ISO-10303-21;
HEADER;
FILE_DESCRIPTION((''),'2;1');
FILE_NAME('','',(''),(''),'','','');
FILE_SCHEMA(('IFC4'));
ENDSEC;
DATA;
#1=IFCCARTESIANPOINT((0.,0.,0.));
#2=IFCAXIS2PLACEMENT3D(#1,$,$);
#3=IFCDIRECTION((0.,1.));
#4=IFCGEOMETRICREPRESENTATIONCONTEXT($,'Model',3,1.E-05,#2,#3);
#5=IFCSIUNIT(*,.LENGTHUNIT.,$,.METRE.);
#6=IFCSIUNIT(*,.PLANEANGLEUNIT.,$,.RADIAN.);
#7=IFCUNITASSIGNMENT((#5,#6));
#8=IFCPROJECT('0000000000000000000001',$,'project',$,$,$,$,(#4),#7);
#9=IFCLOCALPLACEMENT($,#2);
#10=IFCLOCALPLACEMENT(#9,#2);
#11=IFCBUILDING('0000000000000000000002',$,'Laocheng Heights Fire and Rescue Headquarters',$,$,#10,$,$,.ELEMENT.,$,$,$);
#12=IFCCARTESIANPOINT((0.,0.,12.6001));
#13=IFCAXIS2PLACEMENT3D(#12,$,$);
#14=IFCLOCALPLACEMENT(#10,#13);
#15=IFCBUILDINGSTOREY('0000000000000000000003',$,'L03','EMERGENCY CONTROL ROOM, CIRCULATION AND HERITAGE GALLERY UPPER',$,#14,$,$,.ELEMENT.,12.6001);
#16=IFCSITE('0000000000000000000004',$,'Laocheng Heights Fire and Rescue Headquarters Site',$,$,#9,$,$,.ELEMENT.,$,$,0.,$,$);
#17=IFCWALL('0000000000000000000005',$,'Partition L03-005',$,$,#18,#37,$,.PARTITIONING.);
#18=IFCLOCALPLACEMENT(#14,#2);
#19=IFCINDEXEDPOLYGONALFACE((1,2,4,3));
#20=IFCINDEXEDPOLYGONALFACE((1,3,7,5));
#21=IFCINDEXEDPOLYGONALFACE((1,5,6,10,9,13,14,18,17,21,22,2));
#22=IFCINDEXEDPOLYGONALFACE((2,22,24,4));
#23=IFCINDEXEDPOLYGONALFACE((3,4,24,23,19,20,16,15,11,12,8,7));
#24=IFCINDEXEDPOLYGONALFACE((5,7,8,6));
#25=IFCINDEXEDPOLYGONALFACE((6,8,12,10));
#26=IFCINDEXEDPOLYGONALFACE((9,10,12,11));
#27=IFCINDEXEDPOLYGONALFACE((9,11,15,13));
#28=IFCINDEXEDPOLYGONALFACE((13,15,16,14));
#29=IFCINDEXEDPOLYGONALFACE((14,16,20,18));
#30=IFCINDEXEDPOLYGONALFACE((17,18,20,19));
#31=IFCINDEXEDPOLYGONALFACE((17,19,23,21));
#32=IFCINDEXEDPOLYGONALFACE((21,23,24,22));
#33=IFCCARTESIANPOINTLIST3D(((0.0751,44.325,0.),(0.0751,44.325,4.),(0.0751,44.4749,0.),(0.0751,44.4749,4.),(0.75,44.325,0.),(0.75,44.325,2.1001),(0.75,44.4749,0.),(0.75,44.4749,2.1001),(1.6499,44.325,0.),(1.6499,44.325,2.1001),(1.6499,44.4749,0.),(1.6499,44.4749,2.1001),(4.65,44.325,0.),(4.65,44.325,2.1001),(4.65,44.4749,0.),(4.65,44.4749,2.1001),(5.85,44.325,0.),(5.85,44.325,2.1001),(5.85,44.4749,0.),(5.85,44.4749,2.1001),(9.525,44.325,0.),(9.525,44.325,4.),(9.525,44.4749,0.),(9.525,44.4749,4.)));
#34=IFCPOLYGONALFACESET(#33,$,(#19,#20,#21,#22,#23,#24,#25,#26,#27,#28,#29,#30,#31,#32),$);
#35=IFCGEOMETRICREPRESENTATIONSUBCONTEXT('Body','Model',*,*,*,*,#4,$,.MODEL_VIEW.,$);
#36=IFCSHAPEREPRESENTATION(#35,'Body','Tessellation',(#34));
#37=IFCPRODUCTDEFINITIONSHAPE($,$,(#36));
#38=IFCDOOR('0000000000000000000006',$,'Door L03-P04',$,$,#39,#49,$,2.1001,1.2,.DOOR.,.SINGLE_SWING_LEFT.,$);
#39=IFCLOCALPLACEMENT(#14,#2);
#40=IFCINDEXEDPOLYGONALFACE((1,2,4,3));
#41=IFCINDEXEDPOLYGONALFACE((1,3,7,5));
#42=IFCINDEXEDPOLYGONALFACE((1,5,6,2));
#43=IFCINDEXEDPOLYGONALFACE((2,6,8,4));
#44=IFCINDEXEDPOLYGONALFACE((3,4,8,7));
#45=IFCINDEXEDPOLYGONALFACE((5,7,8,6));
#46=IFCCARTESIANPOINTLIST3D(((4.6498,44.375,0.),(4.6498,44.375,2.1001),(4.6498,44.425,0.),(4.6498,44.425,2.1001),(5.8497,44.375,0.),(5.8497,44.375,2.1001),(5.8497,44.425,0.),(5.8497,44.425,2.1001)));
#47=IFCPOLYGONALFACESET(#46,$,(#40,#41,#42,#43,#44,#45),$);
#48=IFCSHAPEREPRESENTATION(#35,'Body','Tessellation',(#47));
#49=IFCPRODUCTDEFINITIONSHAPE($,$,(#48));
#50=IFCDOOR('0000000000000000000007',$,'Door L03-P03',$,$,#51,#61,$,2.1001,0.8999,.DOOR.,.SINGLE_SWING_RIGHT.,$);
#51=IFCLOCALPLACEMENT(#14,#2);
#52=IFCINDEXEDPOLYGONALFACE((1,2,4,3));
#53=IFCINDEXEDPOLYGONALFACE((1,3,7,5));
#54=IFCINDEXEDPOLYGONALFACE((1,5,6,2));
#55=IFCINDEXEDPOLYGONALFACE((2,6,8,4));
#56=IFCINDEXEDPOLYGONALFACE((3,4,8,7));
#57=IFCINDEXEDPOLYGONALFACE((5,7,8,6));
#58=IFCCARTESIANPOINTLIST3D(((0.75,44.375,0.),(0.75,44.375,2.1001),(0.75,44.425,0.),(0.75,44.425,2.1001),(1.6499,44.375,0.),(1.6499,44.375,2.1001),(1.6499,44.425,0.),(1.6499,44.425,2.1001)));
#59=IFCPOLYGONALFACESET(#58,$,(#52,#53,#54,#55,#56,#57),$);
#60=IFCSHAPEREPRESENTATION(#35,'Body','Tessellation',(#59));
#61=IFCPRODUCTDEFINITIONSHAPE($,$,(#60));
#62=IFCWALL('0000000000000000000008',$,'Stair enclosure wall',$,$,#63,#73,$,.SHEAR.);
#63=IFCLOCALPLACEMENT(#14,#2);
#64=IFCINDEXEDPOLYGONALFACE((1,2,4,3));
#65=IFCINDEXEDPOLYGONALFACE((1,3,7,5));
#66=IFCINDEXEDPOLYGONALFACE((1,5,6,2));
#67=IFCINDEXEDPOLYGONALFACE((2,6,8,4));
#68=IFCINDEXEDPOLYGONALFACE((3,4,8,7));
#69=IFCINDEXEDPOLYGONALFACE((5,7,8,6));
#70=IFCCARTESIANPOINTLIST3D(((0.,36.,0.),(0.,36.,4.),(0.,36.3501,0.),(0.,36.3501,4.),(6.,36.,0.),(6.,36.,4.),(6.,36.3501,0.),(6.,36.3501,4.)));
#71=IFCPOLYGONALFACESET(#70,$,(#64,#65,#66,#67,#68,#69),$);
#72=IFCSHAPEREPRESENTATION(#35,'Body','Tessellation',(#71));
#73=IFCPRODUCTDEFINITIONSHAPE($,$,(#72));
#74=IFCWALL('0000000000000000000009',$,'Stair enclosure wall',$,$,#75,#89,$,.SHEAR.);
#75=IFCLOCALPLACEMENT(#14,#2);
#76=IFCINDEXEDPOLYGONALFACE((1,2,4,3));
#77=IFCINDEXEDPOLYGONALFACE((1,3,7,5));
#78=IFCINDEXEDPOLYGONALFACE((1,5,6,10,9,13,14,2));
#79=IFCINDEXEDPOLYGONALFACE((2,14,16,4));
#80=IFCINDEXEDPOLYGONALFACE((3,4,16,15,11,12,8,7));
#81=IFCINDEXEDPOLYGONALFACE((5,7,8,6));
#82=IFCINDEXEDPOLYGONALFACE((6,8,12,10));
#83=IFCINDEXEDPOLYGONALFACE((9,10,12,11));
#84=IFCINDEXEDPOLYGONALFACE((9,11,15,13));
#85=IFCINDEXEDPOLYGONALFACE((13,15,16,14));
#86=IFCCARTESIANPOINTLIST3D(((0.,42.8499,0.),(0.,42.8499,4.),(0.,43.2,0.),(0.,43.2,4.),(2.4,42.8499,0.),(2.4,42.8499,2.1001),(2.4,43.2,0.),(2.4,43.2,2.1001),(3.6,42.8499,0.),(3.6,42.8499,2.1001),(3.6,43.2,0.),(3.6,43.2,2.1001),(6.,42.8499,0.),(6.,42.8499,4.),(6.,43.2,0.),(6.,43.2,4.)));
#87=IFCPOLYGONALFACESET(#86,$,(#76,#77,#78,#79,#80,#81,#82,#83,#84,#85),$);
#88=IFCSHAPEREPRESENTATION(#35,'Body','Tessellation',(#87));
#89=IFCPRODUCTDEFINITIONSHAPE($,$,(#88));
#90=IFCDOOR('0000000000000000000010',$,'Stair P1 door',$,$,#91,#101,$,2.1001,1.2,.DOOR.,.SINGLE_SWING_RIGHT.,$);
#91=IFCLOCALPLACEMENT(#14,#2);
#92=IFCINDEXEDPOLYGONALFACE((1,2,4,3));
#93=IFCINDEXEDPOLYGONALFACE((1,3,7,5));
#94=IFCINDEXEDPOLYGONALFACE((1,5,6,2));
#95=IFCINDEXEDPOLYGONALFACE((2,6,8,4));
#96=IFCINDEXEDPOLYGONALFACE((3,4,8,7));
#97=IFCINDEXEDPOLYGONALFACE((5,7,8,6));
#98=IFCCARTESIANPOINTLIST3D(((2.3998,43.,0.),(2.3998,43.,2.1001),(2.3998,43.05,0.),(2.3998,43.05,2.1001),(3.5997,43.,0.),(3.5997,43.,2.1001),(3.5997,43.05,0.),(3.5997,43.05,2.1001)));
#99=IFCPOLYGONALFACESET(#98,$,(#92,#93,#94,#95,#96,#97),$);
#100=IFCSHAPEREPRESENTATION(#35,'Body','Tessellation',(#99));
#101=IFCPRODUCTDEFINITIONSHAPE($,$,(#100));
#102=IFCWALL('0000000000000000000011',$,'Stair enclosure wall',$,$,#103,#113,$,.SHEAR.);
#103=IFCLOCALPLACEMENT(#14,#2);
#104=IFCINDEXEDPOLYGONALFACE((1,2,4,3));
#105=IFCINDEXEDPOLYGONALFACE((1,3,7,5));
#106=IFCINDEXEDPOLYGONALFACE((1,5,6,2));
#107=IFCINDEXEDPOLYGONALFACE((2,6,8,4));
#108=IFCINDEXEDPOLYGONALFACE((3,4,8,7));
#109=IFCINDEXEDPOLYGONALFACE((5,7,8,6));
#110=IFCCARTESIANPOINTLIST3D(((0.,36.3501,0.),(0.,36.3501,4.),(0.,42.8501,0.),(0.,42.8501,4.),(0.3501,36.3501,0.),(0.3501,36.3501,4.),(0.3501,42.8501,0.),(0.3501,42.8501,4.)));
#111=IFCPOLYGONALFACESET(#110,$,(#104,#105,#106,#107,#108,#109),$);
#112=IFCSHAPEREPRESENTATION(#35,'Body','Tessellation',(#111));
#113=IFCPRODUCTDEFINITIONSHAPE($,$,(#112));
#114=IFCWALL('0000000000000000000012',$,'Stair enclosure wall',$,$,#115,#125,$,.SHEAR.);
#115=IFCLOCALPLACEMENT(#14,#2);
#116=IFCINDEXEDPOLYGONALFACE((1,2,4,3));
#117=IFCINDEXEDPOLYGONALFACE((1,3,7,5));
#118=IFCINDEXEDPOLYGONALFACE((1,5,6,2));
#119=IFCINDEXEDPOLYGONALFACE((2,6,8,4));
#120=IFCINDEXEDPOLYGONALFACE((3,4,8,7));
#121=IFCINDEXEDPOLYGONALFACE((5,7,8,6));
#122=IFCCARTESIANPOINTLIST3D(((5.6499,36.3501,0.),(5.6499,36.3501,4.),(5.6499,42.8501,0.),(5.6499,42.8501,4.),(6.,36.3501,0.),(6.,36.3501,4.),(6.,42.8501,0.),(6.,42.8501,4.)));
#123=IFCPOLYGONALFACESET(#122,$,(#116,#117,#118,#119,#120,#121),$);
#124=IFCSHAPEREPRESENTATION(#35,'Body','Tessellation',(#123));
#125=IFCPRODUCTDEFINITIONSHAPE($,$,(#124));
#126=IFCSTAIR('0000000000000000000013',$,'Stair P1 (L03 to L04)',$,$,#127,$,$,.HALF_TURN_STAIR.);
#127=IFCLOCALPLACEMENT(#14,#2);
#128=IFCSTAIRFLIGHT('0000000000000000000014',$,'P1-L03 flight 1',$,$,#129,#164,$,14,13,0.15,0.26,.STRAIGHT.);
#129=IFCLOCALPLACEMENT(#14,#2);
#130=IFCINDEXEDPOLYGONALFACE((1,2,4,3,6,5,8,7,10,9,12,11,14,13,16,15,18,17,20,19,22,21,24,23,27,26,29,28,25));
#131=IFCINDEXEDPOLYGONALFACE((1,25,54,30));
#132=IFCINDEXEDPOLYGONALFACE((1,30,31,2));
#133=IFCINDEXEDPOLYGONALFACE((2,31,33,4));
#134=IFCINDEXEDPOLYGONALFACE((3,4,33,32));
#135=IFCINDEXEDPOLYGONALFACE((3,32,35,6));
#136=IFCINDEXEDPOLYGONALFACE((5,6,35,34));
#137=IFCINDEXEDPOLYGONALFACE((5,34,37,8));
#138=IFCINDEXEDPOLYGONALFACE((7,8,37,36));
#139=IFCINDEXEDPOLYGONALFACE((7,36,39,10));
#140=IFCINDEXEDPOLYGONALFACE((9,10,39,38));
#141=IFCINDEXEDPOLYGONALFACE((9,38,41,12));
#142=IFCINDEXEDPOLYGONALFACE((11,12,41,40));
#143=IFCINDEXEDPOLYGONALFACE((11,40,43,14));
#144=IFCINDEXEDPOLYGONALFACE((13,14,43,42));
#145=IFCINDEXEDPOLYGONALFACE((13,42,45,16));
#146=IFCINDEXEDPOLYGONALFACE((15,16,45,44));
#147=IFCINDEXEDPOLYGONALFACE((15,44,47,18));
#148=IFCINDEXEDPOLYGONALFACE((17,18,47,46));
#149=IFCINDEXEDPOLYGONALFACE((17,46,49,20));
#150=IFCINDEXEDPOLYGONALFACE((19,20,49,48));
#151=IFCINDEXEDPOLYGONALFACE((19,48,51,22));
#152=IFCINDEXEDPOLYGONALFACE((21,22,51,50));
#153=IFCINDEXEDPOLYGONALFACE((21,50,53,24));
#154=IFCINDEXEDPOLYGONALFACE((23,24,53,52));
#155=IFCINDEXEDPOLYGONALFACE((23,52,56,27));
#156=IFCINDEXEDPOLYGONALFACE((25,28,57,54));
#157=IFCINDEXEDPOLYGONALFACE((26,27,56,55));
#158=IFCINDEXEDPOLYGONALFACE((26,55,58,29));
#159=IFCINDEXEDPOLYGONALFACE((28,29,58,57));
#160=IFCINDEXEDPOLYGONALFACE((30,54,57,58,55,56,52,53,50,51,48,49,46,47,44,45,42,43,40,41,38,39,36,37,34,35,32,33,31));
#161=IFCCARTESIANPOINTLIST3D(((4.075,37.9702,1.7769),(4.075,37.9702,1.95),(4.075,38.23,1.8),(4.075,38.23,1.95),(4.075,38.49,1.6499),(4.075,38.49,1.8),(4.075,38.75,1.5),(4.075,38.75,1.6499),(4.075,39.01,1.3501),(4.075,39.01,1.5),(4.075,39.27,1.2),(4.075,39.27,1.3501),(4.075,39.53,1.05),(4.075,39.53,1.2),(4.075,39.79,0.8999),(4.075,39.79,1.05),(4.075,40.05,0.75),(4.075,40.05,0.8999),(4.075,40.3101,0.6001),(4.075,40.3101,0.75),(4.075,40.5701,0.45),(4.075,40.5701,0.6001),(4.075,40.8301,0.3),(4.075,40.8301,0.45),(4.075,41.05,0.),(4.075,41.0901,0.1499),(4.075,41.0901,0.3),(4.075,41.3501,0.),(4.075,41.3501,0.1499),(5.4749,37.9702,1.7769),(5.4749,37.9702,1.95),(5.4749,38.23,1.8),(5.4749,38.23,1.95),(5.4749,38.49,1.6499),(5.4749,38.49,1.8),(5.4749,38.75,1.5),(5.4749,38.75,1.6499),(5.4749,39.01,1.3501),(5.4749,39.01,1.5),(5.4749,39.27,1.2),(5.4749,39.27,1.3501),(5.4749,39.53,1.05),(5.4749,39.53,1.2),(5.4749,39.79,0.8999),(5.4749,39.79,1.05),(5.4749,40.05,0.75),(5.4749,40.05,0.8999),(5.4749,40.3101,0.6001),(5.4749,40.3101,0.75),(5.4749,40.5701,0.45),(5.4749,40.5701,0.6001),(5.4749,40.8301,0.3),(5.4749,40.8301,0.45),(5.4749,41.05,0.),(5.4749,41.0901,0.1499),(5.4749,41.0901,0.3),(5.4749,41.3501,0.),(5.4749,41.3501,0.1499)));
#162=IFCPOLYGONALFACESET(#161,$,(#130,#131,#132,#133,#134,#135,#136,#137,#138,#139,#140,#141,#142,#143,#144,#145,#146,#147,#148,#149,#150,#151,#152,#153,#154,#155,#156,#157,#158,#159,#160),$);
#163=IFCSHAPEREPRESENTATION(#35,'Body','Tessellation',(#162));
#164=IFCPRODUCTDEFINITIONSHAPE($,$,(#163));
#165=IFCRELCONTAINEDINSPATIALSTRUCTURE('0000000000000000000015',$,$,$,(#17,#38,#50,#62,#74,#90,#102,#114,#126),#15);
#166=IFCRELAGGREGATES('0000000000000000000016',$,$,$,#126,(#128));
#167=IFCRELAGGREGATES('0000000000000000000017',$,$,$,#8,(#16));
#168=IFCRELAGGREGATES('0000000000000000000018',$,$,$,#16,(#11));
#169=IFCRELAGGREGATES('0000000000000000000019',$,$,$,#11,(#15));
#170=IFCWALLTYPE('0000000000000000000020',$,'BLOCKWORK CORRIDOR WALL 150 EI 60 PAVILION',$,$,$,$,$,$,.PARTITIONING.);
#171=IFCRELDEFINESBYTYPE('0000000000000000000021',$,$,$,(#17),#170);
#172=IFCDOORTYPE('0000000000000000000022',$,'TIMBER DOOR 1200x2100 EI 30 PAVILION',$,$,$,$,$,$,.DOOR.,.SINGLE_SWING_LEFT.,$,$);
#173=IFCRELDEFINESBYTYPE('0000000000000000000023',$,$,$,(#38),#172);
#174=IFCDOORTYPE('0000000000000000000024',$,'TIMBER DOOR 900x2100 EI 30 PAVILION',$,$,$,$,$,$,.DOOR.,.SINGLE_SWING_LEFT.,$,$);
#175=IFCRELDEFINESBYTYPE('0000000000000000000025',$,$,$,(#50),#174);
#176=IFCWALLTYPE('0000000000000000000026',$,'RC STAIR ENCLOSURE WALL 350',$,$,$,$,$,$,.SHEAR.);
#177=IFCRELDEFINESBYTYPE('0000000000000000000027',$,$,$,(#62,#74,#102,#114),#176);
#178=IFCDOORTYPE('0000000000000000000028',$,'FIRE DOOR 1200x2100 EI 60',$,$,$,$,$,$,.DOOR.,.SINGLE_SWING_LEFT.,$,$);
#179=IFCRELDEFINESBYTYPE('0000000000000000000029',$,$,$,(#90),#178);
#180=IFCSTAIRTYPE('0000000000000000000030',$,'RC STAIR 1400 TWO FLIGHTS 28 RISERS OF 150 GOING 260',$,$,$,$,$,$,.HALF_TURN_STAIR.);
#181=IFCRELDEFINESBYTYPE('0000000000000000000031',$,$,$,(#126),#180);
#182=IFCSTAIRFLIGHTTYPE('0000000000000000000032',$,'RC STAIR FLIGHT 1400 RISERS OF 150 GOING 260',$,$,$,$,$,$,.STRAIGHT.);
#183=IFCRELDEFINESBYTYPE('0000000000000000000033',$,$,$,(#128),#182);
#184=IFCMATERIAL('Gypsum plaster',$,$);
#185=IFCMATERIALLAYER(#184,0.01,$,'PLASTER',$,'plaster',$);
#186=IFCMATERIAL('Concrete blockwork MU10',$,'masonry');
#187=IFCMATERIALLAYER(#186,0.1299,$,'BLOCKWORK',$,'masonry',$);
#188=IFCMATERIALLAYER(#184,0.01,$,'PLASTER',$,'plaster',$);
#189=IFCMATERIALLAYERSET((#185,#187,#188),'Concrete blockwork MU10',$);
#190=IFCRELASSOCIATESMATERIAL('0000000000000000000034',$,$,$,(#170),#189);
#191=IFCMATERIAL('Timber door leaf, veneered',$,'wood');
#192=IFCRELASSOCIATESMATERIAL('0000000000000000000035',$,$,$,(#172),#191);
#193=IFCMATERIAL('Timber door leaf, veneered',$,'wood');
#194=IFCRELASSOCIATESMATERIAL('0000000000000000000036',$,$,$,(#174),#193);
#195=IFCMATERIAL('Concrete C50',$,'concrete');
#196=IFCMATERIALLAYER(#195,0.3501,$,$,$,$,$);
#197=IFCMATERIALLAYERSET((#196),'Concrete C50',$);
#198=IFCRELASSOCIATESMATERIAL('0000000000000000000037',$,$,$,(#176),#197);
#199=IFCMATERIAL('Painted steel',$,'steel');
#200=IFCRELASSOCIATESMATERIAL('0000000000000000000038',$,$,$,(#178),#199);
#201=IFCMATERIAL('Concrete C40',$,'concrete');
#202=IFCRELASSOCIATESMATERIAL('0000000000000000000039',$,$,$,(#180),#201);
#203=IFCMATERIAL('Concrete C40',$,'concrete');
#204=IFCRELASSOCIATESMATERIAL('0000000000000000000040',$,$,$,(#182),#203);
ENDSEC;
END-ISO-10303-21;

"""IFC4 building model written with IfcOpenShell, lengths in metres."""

from ifc_helpers import new_model, si_unit, direction, frame, frame_2d, origin, place, context, subcontext, project, spatial, polyline, rectangle, outline, extrude, material, layer, layer_set, type_object, element, fill, aggregate, save


model = new_model("IFC4")

# Units and contexts
model_context = context("Model", 3, precision=1e-05, world=origin(), true_north=direction((0.0, 1.0)))
body_context = subcontext(model_context, "Body", "Model", "MODEL_VIEW")
ifc_project = project(units=[si_unit("LENGTHUNIT", "METRE"), si_unit("PLANEANGLEUNIT", "RADIAN")], contexts=[model_context])

# Site, building, storey
site_placement = place(None, origin())
site = spatial("IfcSite", under=ifc_project, at=site_placement, Name="Laocheng Heights Fire and Rescue Headquarters Site", CompositionType="ELEMENT", RefElevation=0.0)
building_placement = place(site_placement, origin())
building = spatial("IfcBuilding", under=site, at=building_placement, Name="Laocheng Heights Fire and Rescue Headquarters", CompositionType="ELEMENT")
storey_placement = place(building_placement, frame((0.0, 0.0, 12.6001)))
storey = spatial("IfcBuildingStorey", under=building, at=storey_placement, Name="L03", Description="EMERGENCY CONTROL ROOM, CIRCULATION AND HERITAGE GALLERY UPPER", CompositionType="ELEMENT", Elevation=12.6001)

# Shared definitions
ifc_material_1 = material(Name="Gypsum plaster")
ifc_layer_1 = layer(ifc_material_1, 0.01, Name="PLASTER", Category="plaster")
ifc_material_2 = material(Name="Concrete blockwork MU10", Category="masonry")
ifc_layer_2 = layer(ifc_material_2, 0.1299, Name="BLOCKWORK", Category="masonry")
ifc_layer_3 = layer(ifc_material_1, 0.01, Name="PLASTER", Category="plaster")
ifc_layer_set_1 = layer_set([ifc_layer_1, ifc_layer_2, ifc_layer_3], Name="Concrete blockwork MU10")
wall_type_1 = type_object("IfcWallType", Name="BLOCKWORK CORRIDOR WALL 150 EI 60 PAVILION", PredefinedType="PARTITIONING", material=ifc_layer_set_1)

# Wall, openings, doors
wall_1_placement = place(storey_placement, frame((0.075, 44.3999, 0.0), z_axis=(0.0, 0.0, 1.0), x_axis=(1.0, 0.0, 0.0)))
wall_1 = element("IfcWall", 1, at=wall_1_placement, inside=storey, type_object=wall_type_1, Name="Partition L03-005", PredefinedType="PARTITIONING", context=body_context, shape_type="SweptSolid", body=[
    extrude(rectangle(XDim=9.45, YDim=0.1499, at=frame_2d((4.7251, 0.0))), origin(), (0.0, 0.0, 1.0), 4.0),
])
opening_1_placement = place(wall_1_placement, frame((0.675, 0.0, 0.0)))
opening_1 = element("IfcOpeningElement", 2, at=opening_1_placement, cuts=wall_1, PredefinedType="OPENING", context=body_context, shape_type="SweptSolid", body=[
    extrude(rectangle(XDim=0.8999, YDim=2.1001, at=frame_2d((0.45, 1.05))), frame((0.0, 0.085, 0.0), z_axis=(0.0, -1.0, 0.0), x_axis=(1.0, 0.0, 0.0)), (0.0, 0.0, 1.0), 0.1699),
])
opening_2_placement = place(wall_1_placement, frame((4.575, 0.0, 0.0)))
opening_2 = element("IfcOpeningElement", 3, at=opening_2_placement, cuts=wall_1, PredefinedType="OPENING", context=body_context, shape_type="SweptSolid", body=[
    extrude(rectangle(XDim=1.2, YDim=2.1001, at=frame_2d((0.6001, 1.05))), frame((0.0, 0.085, 0.0), z_axis=(0.0, -1.0, 0.0), x_axis=(1.0, 0.0, 0.0)), (0.0, 0.0, 1.0), 0.1699),
])
ifc_material_3 = material(Name="Timber door leaf, veneered", Category="wood")
door_type_1 = type_object("IfcDoorType", Name="TIMBER DOOR 1200x2100 EI 30 PAVILION", OperationType="SINGLE_SWING_LEFT", PredefinedType="DOOR", material=ifc_material_3)
door_1_placement = place(opening_2_placement, frame((1.2, 0.0, 0.0), z_axis=(0.0, 0.0, 1.0), x_axis=(-1.0, 0.0, 0.0)))
door_1 = element("IfcDoor", 4, at=door_1_placement, inside=storey, type_object=door_type_1, Name="Door L03-P04", OperationType="SINGLE_SWING_LEFT", OverallHeight=2.1001, OverallWidth=1.2, PredefinedType="DOOR", context=body_context, shape_type="SweptSolid", body=[
    extrude(rectangle(XDim=1.2, YDim=2.1001, at=frame_2d((0.6001, 1.05))), frame((0.0, 0.0249, 0.0), z_axis=(0.0, -1.0, 0.0), x_axis=(1.0, 0.0, 0.0)), (0.0, 0.0, 1.0), 0.05),
])
fill(opening_2, door_1)
ifc_material_4 = material(Name="Timber door leaf, veneered", Category="wood")
door_type_2 = type_object("IfcDoorType", Name="TIMBER DOOR 900x2100 EI 30 PAVILION", OperationType="SINGLE_SWING_LEFT", PredefinedType="DOOR", material=ifc_material_4)
door_2_placement = place(opening_1_placement, frame((0.8999, 0.0, 0.0), z_axis=(0.0, 0.0, 1.0), x_axis=(-1.0, 0.0, 0.0)))
door_2 = element("IfcDoor", 5, at=door_2_placement, inside=storey, type_object=door_type_2, Name="Door L03-P03", OperationType="SINGLE_SWING_RIGHT", OverallHeight=2.1001, OverallWidth=0.8999, PredefinedType="DOOR", context=body_context, shape_type="SweptSolid", body=[
    extrude(rectangle(XDim=0.8999, YDim=2.1001, at=frame_2d((0.45, 1.05))), frame((0.0, 0.0249, 0.0), z_axis=(0.0, -1.0, 0.0), x_axis=(1.0, 0.0, 0.0)), (0.0, 0.0, 1.0), 0.05),
])
fill(opening_1, door_2)

# Wall
ifc_material_5 = material(Name="Concrete C50", Category="concrete")
ifc_layer_4 = layer(ifc_material_5, 0.3501)
ifc_layer_set_2 = layer_set([ifc_layer_4], Name="Concrete C50")
wall_type_2 = type_object("IfcWallType", Name="RC STAIR ENCLOSURE WALL 350", PredefinedType="SHEAR", material=ifc_layer_set_2)
wall_2_placement = place(storey_placement, frame((0.0, 36.175, 0.0), z_axis=(0.0, 0.0, 1.0), x_axis=(1.0, 0.0, 0.0)))
element("IfcWall", 6, at=wall_2_placement, inside=storey, type_object=wall_type_2, Name="Stair enclosure wall", PredefinedType="SHEAR", context=body_context, shape_type="SweptSolid", body=[
    extrude(rectangle(XDim=6.0, YDim=0.3501, at=frame_2d((3.0, 0.0))), origin(), (0.0, 0.0, 1.0), 4.0),
])

# Wall, opening, door
wall_3_placement = place(storey_placement, frame((0.0, 43.0249, 0.0), z_axis=(0.0, 0.0, 1.0), x_axis=(1.0, 0.0, 0.0)))
wall_3 = element("IfcWall", 7, at=wall_3_placement, inside=storey, type_object=wall_type_2, Name="Stair enclosure wall", PredefinedType="SHEAR", context=body_context, shape_type="SweptSolid", body=[
    extrude(rectangle(XDim=6.0, YDim=0.3501, at=frame_2d((3.0, 0.0))), origin(), (0.0, 0.0, 1.0), 4.0),
])
opening_3_placement = place(wall_3_placement, frame((2.3999, 0.0, 0.0)))
opening_3 = element("IfcOpeningElement", 8, at=opening_3_placement, cuts=wall_3, PredefinedType="OPENING", context=body_context, shape_type="SweptSolid", body=[
    extrude(rectangle(XDim=1.2, YDim=2.1001, at=frame_2d((0.6001, 1.05))), frame((0.0, 0.1851, 0.0), z_axis=(0.0, -1.0, 0.0), x_axis=(1.0, 0.0, 0.0)), (0.0, 0.0, 1.0), 0.3701),
])
ifc_material_6 = material(Name="Painted steel", Category="steel")
door_type_3 = type_object("IfcDoorType", Name="FIRE DOOR 1200x2100 EI 60", OperationType="SINGLE_SWING_LEFT", PredefinedType="DOOR", material=ifc_material_6)
door_3_placement = place(opening_3_placement, frame((1.2, 0.0, 0.0), z_axis=(0.0, 0.0, 1.0), x_axis=(-1.0, 0.0, 0.0)))
door_3 = element("IfcDoor", 9, at=door_3_placement, inside=storey, type_object=door_type_3, Name="Stair P1 door", OperationType="SINGLE_SWING_RIGHT", OverallHeight=2.1001, OverallWidth=1.2, PredefinedType="DOOR", context=body_context, shape_type="SweptSolid", body=[
    extrude(rectangle(XDim=1.2, YDim=2.1001, at=frame_2d((0.6001, 1.05))), frame((0.0, 0.0249, 0.0), z_axis=(0.0, -1.0, 0.0), x_axis=(1.0, 0.0, 0.0)), (0.0, 0.0, 1.0), 0.05),
])
fill(opening_3, door_3)

# Walls
for number, where, z_axis, x_axis, name in (
    (10, (0.175, 36.3501, 0.0), (0.0, 0.0, 1.0), (0.0, 1.0, 0.0), "Stair enclosure wall"),
    (11, (5.825, 36.3501, 0.0), (0.0, 0.0, 1.0), (0.0, 1.0, 0.0), "Stair enclosure wall"),
):
    element("IfcWall", number, at=place(storey_placement, frame(where, z_axis=z_axis, x_axis=x_axis)), inside=storey, type_object=wall_type_2, Name=name, PredefinedType="SHEAR", context=body_context, shape_type="SweptSolid", body=[
        extrude(rectangle(XDim=6.5, YDim=0.3501, at=frame_2d((3.25, 0.0))), origin(), (0.0, 0.0, 1.0), 4.0),
    ])

# Stair, stair flight
ifc_material_7 = material(Name="Concrete C40", Category="concrete")
stair_type = type_object("IfcStairType", Name="RC STAIR 1400 TWO FLIGHTS 28 RISERS OF 150 GOING 260", PredefinedType="HALF_TURN_STAIR", material=ifc_material_7)
stair_placement = place(storey_placement, origin())
stair = element("IfcStair", 12, at=stair_placement, inside=storey, type_object=stair_type, Name="Stair P1 (L03 to L04)", PredefinedType="HALF_TURN_STAIR")
ifc_material_8 = material(Name="Concrete C40", Category="concrete")
stair_flight_type = type_object("IfcStairFlightType", Name="RC STAIR FLIGHT 1400 RISERS OF 150 GOING 260", PredefinedType="STRAIGHT", material=ifc_material_8)
stair_flight_1_placement = place(storey_placement, frame((4.7749, 41.3501, 0.0), z_axis=(0.0, 0.0, 1.0), x_axis=(0.0, -1.0, 0.0)))
stair_flight_1 = element("IfcStairFlight", 13, at=stair_flight_1_placement, type_object=stair_flight_type, Name="P1-L03 flight 1", NumberOfRisers=14, NumberOfTreads=13, PredefinedType="STRAIGHT", RiserHeight=0.15, TreadLength=0.26, context=body_context, shape_type="SweptSolid", body=[
    extrude(outline(polyline([(0.0, 0.0), (0.0, 0.1499), (0.26, 0.1499), (0.26, 0.3), (0.52, 0.3), (0.52, 0.45), (0.78, 0.45), (0.78, 0.6001), (1.04, 0.6001), (1.04, 0.75), (1.3, 0.75), (1.3, 0.8999), (1.5601, 0.8999), (1.5601, 1.05), (1.8201, 1.05), (1.8201, 1.2), (2.0801, 1.2), (2.0801, 1.3501), (2.3401, 1.3501), (2.3401, 1.5), (2.6001, 1.5), (2.6001, 1.6499), (2.8601, 1.6499), (2.8601, 1.8), (3.1201, 1.8), (3.1201, 1.95), (3.3799, 1.95), (3.3799, 2.1001), (3.3799, 1.7769), (0.3, 0.0), (0.0, 0.0)])), frame((0.0, 0.7, 0.0), z_axis=(0.0, -1.0, 0.0), x_axis=(1.0, 0.0, 0.0)), (0.0, 0.0, 1.0), 1.3999),
])
aggregate(stair, [stair_flight_1])

save(model, "model.ifc")
